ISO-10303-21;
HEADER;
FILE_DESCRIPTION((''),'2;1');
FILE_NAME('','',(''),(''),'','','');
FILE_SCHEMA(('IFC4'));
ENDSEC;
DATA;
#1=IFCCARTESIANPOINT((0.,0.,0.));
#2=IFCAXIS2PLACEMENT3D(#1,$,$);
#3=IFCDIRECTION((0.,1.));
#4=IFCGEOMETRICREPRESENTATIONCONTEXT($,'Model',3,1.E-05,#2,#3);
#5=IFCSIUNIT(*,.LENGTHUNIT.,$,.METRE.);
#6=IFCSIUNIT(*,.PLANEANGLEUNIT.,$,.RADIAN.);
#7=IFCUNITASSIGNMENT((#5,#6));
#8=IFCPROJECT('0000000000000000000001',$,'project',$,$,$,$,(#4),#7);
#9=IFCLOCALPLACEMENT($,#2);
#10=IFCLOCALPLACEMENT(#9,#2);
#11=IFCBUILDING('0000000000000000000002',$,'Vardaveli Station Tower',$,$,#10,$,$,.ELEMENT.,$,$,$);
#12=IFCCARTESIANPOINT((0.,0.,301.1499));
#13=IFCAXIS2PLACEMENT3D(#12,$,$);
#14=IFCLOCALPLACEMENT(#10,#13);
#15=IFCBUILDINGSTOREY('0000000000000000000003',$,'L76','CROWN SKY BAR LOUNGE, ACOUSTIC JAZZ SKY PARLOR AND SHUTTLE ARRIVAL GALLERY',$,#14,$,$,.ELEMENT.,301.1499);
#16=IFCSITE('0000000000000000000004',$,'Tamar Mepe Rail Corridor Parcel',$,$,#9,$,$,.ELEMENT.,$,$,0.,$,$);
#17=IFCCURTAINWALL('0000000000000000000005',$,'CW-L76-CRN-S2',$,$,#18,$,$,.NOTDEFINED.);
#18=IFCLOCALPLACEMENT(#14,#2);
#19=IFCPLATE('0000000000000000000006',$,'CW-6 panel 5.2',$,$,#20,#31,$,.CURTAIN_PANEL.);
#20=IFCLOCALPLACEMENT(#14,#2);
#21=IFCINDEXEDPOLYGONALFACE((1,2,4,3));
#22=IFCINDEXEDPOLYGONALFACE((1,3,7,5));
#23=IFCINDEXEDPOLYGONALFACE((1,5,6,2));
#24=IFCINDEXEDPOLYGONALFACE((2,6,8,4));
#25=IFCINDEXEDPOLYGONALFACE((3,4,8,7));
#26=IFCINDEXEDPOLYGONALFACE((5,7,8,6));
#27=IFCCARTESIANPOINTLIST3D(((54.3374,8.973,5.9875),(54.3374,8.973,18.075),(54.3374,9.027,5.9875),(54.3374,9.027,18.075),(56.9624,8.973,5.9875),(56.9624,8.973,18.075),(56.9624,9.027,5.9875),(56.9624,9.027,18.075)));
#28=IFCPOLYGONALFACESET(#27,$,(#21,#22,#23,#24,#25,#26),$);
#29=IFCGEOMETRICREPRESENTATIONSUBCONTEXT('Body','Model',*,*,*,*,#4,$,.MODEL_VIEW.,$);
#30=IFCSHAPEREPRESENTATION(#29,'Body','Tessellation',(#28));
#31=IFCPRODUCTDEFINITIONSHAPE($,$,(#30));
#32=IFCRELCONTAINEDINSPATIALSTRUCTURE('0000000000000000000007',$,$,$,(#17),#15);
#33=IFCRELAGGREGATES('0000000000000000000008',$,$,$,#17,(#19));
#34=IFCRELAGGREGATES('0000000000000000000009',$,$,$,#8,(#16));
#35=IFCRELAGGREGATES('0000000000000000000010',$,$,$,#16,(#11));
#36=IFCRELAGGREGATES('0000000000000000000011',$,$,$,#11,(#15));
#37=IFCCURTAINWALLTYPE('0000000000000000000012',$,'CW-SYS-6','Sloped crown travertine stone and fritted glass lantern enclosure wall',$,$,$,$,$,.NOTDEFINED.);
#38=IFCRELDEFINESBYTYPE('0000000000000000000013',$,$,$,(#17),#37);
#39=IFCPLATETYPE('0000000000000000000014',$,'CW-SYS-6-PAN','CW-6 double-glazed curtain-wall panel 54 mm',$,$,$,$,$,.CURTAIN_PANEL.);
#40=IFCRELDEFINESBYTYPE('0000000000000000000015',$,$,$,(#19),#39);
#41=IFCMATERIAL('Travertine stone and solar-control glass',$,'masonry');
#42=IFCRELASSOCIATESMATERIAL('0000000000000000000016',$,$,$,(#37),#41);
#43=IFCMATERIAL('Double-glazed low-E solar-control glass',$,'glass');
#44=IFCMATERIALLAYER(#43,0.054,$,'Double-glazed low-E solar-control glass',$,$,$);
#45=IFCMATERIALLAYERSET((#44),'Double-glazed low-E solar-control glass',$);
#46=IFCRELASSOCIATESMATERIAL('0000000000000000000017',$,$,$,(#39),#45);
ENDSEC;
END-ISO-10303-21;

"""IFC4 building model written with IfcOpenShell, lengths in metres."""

from ifc_helpers import new_model, si_unit, direction, frame, origin, origin_2d, place, context, subcontext, project, spatial, rectangle, extrude, source, transform, mapped, material, layer, layer_set, type_object, element, aggregate, save


model = new_model("IFC4")

# Units and contexts
model_context = context("Model", 3, precision=1e-05, world=origin(), true_north=direction((0.0, 1.0)))
body_context = subcontext(model_context, "Body", "Model", "MODEL_VIEW")
ifc_project = project(units=[si_unit("LENGTHUNIT", "METRE"), si_unit("PLANEANGLEUNIT", "RADIAN")], contexts=[model_context])

# Site, building, storey
site_placement = place(None, origin())
site = spatial("IfcSite", under=ifc_project, at=site_placement, Name="Tamar Mepe Rail Corridor Parcel", CompositionType="ELEMENT", RefElevation=0.0)
building_placement = place(site_placement, origin())
building = spatial("IfcBuilding", under=site, at=building_placement, Name="Vardaveli Station Tower", CompositionType="ELEMENT")
storey_placement = place(building_placement, frame((0.0, 0.0, 301.1499)))
storey = spatial("IfcBuildingStorey", under=building, at=storey_placement, Name="L76", Description="CROWN SKY BAR LOUNGE, ACOUSTIC JAZZ SKY PARLOR AND SHUTTLE ARRIVAL GALLERY", CompositionType="ELEMENT", Elevation=301.1499)

# Curtain wall
ifc_material_1 = material(Name="Travertine stone and solar-control glass", Category="masonry")
curtain_wall_type = type_object("IfcCurtainWallType", Name="CW-SYS-6", Description="Sloped crown travertine stone and fritted glass lantern enclosure wall", PredefinedType="NOTDEFINED", material=ifc_material_1)
curtain_wall_placement = place(storey_placement, origin())
curtain_wall = element("IfcCurtainWall", 1, at=curtain_wall_placement, inside=storey, type_object=curtain_wall_type, Name="CW-L76-CRN-S2", PredefinedType="NOTDEFINED")

# Plate
ifc_material_2 = material(Name="Double-glazed low-E solar-control glass", Category="glass")
ifc_layer_1 = layer(ifc_material_2, 0.054, Name="Double-glazed low-E solar-control glass")
ifc_layer_set_1 = layer_set([ifc_layer_1], Name="Double-glazed low-E solar-control glass")
plate_type_1 = type_object("IfcPlateType", Name="CW-SYS-6-PAN", Description="CW-6 double-glazed curtain-wall panel 54 mm", PredefinedType="CURTAIN_PANEL", material=ifc_layer_set_1)
shared_shape_1 = source(origin(), body_context, "Body", "SweptSolid", [
    extrude(rectangle(XDim=2.625, YDim=0.054, at=origin_2d()), origin(), (0.0, 0.0, 1.0), 12.0874),
])
plate_1_placement = place(storey_placement, frame((55.6499, 9.0, 5.9875), z_axis=(0.0, 0.0, 1.0), x_axis=(1.0, 0.0, 0.0)))
plate_1 = element("IfcPlate", 2, at=plate_1_placement, type_object=plate_type_1, Name="CW-6 panel 5.2", PredefinedType="CURTAIN_PANEL", context=body_context, shape_type="MappedRepresentation", body=[
    mapped(shared_shape_1, transform((0.0, 0.0, 0.0), scale=1.0)),
])
aggregate(curtain_wall, [plate_1])

save(model, "model.ifc")
